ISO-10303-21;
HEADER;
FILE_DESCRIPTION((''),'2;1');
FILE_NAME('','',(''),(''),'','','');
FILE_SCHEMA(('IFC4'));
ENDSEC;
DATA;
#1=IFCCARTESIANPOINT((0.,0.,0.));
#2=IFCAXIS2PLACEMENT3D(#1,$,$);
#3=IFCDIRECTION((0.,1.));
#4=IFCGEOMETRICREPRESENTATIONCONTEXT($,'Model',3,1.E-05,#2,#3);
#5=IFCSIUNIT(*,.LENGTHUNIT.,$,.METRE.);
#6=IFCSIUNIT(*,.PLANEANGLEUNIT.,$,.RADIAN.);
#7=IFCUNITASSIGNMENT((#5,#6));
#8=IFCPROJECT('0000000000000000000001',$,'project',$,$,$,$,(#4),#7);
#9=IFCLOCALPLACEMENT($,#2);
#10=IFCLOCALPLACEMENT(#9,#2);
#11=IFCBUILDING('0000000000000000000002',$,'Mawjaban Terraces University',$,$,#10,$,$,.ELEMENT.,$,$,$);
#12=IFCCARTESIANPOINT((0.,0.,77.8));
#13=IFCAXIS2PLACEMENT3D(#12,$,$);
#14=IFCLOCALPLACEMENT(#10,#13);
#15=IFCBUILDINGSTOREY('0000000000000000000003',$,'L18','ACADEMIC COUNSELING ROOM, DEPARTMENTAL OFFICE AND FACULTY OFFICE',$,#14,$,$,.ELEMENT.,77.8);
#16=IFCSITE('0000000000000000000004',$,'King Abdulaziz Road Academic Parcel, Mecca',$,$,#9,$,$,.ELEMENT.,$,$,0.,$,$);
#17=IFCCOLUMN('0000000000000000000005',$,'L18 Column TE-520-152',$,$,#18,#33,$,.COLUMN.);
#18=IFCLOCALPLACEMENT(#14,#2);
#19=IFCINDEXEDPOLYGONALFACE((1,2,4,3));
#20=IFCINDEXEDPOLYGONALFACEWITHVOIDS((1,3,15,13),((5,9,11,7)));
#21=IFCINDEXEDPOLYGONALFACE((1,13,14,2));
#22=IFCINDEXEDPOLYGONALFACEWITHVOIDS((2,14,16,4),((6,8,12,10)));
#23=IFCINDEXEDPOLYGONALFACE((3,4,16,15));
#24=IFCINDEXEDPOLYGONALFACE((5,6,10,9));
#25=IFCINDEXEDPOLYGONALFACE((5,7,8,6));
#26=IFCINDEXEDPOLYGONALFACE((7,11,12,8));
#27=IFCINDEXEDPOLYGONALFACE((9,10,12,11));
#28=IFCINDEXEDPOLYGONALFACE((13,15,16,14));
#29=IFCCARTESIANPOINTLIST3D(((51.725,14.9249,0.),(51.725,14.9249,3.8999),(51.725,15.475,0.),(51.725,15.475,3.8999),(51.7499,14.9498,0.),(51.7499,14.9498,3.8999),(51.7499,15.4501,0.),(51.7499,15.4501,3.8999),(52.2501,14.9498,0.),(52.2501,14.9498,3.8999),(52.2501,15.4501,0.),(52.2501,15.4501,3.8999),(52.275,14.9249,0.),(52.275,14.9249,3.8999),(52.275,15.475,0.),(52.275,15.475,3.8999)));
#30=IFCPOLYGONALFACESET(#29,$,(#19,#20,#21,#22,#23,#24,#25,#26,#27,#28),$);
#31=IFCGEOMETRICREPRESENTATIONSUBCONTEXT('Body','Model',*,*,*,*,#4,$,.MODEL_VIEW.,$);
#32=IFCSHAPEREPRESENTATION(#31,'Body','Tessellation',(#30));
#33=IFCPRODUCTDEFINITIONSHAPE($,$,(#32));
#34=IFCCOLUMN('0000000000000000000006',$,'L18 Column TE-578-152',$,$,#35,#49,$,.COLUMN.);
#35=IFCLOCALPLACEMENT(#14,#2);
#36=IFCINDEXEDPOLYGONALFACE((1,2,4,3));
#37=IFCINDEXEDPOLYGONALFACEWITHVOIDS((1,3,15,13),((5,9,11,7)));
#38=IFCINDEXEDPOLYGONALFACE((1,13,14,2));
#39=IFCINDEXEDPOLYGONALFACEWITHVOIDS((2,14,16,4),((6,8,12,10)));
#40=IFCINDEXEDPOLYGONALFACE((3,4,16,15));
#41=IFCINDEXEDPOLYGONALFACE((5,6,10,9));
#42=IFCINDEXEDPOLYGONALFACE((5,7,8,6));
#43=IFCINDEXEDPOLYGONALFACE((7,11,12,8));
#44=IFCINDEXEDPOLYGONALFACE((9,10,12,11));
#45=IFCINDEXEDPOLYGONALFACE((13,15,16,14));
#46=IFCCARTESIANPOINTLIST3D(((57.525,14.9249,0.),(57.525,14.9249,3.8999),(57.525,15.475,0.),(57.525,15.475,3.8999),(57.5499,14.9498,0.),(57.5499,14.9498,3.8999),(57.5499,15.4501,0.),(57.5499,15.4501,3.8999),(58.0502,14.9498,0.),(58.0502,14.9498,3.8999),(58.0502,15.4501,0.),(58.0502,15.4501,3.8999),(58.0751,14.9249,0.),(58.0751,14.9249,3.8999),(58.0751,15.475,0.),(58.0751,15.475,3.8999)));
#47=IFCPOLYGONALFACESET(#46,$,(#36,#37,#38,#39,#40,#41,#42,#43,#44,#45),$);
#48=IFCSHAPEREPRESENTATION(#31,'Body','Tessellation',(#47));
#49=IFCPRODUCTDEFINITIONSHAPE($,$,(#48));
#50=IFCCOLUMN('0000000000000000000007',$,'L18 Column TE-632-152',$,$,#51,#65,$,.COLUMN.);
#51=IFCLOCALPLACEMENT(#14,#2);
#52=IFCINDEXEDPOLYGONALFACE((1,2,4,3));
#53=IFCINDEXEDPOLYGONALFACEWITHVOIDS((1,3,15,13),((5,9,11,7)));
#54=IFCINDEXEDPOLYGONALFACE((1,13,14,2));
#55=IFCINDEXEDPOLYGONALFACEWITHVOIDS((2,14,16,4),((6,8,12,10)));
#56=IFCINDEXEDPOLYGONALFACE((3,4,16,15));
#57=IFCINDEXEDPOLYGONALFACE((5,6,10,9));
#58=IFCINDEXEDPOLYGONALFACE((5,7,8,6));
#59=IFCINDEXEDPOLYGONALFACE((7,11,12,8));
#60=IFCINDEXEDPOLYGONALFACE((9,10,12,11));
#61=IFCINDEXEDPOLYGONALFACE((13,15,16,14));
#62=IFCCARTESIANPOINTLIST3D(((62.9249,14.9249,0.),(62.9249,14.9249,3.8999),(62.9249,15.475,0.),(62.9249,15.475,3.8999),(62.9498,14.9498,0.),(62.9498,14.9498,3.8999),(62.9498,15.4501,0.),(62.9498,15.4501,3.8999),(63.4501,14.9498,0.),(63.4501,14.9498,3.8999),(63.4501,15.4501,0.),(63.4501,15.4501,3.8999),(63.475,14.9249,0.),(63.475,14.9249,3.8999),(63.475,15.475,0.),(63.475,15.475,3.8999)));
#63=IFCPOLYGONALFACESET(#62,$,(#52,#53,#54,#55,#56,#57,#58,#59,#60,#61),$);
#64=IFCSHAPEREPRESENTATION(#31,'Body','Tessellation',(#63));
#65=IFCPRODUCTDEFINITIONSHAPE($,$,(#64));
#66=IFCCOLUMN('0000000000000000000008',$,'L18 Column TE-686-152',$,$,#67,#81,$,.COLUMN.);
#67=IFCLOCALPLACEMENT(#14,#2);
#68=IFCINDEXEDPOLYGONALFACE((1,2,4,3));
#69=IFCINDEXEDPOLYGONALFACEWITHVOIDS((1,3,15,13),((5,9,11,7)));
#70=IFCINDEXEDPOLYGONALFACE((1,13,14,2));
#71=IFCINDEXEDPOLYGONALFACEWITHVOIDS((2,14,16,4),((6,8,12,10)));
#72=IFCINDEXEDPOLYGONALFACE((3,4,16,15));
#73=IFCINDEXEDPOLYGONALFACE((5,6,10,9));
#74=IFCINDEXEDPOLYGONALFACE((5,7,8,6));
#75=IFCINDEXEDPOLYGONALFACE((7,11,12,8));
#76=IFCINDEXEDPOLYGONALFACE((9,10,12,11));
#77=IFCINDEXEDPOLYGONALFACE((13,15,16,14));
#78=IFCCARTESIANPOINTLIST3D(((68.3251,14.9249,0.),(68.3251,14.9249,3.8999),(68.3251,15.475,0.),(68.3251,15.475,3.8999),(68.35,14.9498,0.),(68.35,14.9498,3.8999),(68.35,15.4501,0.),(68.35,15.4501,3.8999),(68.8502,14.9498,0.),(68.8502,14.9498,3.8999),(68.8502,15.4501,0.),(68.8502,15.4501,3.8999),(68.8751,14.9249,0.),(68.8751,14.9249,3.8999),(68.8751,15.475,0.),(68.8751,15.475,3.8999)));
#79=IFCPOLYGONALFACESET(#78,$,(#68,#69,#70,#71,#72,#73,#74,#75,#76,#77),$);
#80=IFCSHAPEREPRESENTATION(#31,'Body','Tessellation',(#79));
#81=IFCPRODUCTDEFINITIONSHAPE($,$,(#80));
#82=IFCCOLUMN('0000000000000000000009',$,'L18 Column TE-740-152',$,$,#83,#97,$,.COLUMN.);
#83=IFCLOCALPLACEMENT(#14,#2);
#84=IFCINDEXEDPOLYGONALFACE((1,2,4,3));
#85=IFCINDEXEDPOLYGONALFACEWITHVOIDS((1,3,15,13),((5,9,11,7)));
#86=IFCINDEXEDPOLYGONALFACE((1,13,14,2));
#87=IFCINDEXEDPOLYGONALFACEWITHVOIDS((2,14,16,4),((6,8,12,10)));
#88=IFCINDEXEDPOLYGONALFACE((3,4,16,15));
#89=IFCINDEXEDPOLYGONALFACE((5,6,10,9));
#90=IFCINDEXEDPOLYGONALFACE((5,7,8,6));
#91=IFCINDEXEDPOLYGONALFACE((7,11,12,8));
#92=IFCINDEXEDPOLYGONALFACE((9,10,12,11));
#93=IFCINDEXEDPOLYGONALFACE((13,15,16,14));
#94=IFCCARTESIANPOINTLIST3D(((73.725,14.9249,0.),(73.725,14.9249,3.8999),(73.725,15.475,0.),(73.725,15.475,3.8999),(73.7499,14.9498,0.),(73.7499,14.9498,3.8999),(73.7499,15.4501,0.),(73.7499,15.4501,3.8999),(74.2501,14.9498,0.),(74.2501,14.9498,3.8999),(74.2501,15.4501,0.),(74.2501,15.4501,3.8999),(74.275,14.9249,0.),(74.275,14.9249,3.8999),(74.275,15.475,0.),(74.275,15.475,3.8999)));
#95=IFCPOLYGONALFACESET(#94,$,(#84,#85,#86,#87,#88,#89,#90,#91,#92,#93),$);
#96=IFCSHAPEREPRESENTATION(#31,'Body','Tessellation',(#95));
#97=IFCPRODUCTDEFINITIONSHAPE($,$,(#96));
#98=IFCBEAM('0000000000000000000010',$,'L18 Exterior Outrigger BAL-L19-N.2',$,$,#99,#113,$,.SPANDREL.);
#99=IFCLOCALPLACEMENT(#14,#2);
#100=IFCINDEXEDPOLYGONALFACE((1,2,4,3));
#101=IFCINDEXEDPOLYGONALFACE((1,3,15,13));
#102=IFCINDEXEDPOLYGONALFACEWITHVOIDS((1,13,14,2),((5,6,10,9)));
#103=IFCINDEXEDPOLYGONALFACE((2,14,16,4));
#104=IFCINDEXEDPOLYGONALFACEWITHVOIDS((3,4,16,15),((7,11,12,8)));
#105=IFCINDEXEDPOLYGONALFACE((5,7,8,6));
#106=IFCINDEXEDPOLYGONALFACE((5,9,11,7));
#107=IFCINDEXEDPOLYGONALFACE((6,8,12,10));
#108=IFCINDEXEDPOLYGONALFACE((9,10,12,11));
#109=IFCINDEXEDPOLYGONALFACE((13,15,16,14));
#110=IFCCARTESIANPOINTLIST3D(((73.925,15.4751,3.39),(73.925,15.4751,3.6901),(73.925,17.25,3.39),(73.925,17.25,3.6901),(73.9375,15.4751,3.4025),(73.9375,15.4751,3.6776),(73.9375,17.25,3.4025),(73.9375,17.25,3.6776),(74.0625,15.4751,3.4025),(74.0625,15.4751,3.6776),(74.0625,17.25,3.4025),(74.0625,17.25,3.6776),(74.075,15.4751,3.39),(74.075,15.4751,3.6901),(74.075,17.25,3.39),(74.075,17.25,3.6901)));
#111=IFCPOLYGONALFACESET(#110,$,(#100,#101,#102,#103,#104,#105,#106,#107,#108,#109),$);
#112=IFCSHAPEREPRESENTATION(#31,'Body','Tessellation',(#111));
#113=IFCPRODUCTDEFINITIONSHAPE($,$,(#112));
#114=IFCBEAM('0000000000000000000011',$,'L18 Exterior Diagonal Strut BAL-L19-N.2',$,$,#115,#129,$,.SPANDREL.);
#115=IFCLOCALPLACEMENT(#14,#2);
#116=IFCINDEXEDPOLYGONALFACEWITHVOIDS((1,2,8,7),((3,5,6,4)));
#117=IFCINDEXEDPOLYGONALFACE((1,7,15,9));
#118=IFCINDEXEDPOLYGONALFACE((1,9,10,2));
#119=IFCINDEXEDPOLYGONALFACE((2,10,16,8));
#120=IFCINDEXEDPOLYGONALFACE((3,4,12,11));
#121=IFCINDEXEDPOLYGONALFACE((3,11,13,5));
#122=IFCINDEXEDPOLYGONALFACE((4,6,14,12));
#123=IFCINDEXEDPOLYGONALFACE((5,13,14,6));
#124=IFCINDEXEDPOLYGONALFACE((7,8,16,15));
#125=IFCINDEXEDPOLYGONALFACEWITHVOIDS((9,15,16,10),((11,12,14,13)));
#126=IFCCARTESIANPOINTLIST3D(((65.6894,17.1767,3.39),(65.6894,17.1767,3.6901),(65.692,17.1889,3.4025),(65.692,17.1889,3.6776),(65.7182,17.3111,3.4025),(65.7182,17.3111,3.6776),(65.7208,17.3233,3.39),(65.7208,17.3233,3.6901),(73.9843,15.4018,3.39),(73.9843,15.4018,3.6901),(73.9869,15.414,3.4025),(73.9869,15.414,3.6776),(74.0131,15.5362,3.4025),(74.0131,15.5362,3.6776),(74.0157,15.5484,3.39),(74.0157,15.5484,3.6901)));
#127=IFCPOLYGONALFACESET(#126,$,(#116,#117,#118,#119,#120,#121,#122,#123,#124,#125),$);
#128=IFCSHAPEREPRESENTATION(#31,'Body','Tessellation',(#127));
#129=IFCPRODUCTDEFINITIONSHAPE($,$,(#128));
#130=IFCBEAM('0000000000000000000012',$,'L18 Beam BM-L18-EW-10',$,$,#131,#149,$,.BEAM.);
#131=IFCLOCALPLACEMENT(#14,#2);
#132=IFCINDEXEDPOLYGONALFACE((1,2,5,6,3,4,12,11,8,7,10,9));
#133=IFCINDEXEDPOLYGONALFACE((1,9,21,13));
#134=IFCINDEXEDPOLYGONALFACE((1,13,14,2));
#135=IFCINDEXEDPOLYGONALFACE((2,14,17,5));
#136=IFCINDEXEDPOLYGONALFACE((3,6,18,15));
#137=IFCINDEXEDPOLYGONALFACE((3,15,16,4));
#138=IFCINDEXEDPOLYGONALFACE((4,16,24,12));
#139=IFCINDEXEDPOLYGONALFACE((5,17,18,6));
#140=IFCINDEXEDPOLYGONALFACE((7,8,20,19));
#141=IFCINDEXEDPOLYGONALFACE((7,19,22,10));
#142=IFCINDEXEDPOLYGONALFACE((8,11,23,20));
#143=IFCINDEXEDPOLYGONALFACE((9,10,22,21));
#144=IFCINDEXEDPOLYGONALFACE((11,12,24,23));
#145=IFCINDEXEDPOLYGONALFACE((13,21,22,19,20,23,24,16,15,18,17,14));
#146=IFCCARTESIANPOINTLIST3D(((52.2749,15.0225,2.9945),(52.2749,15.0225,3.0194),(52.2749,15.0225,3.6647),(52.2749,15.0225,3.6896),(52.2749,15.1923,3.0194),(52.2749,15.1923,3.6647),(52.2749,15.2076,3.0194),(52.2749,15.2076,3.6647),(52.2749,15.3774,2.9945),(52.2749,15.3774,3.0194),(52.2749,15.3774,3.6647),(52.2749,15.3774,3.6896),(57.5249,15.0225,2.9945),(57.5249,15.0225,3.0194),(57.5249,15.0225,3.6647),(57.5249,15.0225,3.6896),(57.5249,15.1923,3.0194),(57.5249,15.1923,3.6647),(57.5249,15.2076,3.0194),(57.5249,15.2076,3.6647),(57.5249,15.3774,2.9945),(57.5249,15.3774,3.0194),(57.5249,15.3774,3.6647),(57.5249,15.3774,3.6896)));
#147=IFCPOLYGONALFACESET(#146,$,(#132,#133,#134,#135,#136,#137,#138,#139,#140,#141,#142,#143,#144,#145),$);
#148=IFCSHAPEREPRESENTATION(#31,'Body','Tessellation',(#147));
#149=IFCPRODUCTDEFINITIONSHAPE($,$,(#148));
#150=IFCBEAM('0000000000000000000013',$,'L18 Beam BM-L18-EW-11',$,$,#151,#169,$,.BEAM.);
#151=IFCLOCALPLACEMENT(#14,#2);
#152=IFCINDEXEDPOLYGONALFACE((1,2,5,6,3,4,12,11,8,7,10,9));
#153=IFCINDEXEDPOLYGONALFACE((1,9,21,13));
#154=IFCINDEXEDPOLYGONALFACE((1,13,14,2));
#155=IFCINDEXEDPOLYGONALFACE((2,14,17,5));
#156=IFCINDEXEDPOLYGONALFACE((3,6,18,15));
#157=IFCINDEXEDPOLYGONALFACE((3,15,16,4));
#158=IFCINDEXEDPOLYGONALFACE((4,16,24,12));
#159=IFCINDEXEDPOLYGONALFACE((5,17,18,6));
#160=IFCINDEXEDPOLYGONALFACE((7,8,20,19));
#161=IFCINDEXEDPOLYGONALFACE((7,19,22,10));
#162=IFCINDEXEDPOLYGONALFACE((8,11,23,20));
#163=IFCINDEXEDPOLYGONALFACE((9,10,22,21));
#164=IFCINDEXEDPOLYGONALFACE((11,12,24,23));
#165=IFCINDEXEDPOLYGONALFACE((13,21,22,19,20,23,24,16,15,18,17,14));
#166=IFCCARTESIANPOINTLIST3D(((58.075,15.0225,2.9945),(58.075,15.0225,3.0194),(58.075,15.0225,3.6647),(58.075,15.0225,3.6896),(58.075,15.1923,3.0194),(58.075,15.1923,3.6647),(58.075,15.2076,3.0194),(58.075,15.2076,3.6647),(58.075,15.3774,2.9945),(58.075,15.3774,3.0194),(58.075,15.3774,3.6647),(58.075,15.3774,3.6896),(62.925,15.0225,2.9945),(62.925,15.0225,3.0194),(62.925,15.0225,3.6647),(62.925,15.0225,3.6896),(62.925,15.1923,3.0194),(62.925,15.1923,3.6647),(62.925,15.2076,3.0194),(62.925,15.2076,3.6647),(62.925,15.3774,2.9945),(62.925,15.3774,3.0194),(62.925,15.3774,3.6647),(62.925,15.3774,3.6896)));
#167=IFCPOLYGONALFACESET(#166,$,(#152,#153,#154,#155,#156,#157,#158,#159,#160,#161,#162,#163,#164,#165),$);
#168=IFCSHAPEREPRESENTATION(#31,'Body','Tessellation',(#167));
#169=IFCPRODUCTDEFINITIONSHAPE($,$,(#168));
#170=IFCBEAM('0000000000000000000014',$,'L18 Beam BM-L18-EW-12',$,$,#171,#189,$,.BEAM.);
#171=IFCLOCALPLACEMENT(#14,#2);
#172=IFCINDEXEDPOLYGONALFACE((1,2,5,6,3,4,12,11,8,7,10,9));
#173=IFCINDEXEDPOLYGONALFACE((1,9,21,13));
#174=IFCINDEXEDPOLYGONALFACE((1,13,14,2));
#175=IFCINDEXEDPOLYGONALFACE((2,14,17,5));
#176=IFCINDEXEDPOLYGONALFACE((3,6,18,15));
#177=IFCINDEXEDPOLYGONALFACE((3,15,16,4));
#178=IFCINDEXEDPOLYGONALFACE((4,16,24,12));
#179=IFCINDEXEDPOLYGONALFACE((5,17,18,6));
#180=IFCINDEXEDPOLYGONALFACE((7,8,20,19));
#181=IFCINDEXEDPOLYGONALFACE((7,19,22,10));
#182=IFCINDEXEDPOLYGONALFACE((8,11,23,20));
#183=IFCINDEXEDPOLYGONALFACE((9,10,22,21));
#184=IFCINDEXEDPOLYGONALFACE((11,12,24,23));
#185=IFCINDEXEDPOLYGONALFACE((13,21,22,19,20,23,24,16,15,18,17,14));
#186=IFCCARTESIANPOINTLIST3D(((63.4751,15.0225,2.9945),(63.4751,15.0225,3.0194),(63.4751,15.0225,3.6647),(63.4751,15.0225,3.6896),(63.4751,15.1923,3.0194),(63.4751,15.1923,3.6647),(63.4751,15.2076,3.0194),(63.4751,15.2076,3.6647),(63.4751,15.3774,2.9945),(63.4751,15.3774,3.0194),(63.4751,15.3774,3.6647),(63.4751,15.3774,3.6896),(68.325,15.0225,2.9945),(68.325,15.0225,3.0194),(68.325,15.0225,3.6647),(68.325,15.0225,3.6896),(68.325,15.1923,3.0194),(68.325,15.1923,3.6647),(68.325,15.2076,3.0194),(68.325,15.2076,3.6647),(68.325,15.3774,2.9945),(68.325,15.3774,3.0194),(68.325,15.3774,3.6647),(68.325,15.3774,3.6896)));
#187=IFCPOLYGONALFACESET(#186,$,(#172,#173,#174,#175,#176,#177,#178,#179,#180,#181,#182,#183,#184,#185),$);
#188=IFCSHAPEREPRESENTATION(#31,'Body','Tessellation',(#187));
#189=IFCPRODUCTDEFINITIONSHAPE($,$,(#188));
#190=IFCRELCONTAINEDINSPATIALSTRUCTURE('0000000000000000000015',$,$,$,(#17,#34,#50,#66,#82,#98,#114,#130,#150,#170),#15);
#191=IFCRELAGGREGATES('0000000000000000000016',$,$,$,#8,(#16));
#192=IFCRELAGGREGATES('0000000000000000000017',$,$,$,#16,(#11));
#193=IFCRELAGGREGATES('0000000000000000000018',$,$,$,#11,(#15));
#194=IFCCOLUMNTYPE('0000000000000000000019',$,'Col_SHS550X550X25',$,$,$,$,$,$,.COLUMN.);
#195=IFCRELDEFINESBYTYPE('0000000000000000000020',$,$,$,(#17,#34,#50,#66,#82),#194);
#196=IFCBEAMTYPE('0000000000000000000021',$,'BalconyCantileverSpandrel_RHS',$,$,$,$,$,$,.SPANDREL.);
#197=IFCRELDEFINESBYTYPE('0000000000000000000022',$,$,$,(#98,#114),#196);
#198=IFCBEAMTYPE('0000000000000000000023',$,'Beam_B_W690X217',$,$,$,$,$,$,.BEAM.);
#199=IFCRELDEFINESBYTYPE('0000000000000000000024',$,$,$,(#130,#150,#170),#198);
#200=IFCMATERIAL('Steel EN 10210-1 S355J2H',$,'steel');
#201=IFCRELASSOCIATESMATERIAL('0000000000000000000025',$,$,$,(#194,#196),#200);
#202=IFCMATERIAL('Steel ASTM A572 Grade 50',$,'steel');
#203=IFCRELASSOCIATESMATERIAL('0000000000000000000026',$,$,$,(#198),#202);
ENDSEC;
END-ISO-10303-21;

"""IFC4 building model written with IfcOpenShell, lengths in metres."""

from ifc_helpers import new_model, si_unit, direction, frame, origin, origin_2d, place, context, subcontext, project, spatial, hollow_rectangle, i_section, extrude, material, material_profile, profile_set, type_object, element, save


model = new_model("IFC4")

# Units and contexts
model_context = context("Model", 3, precision=1e-05, world=origin(), true_north=direction((0.0, 1.0)))
body_context = subcontext(model_context, "Body", "Model", "MODEL_VIEW")
ifc_project = project(units=[si_unit("LENGTHUNIT", "METRE"), si_unit("PLANEANGLEUNIT", "RADIAN")], contexts=[model_context])

# Site, building, storey
site_placement = place(None, origin())
site = spatial("IfcSite", under=ifc_project, at=site_placement, Name="King Abdulaziz Road Academic Parcel, Mecca", CompositionType="ELEMENT", RefElevation=0.0)
building_placement = place(site_placement, origin())
building = spatial("IfcBuilding", under=site, at=building_placement, Name="Mawjaban Terraces University", CompositionType="ELEMENT")
storey_placement = place(building_placement, frame((0.0, 0.0, 77.8)))
storey = spatial("IfcBuildingStorey", under=building, at=storey_placement, Name="L18", Description="ACADEMIC COUNSELING ROOM, DEPARTMENTAL OFFICE AND FACULTY OFFICE", CompositionType="ELEMENT", Elevation=77.8)

# Columns
ifc_material_1 = material(Name="Steel EN 10210-1 S355J2H", Category="steel")
ifc_material_profile_1 = material_profile(ifc_material_1, hollow_rectangle(XDim=0.55, YDim=0.55, WallThickness=0.0249, at=origin_2d()), Name="SHS550X550X25")
ifc_profile_set_1 = profile_set([ifc_material_profile_1], Name="Steel EN 10210-1 S355J2H")
column_type = type_object("IfcColumnType", Name="Col_SHS550X550X25", PredefinedType="COLUMN", material=ifc_profile_set_1)
for number, where, z_axis, x_axis, name in (
    (1, (52.0, 15.2, 0.0), (0.0, 0.0, 1.0), (1.0, 0.0, 0.0), "L18 Column TE-520-152"),
    (2, (57.8, 15.2, 0.0), (0.0, 0.0, 1.0), (1.0, 0.0, 0.0), "L18 Column TE-578-152"),
    (3, (63.2, 15.2, 0.0), (0.0, 0.0, 1.0), (1.0, 0.0, 0.0), "L18 Column TE-632-152"),
    (4, (68.6001, 15.2, 0.0), (0.0, 0.0, 1.0), (1.0, 0.0, 0.0), "L18 Column TE-686-152"),
    (5, (74.0, 15.2, 0.0), (0.0, 0.0, 1.0), (1.0, 0.0, 0.0), "L18 Column TE-740-152"),
):
    element("IfcColumn", number, at=place(storey_placement, frame(where, z_axis=z_axis, x_axis=x_axis)), inside=storey, type_object=column_type, Name=name, PredefinedType="COLUMN", context=body_context, shape_type="SweptSolid", body=[
        extrude(hollow_rectangle(XDim=0.55, YDim=0.55, WallThickness=0.0249, at=origin_2d()), origin(), (0.0, 0.0, 1.0), 3.8999),
    ])

# Beams
ifc_material_profile_2 = material_profile(ifc_material_1, hollow_rectangle(XDim=0.1499, YDim=0.3, WallThickness=0.0125, at=origin_2d()), Name="RHS300X150X12.5")
ifc_profile_set_2 = profile_set([ifc_material_profile_2], Name="Steel EN 10210-1 S355J2H")
beam_type_1 = type_object("IfcBeamType", Name="BalconyCantileverSpandrel_RHS", PredefinedType="SPANDREL", material=ifc_profile_set_2)
beam_1_placement = place(storey_placement, frame((74.0, 15.4751, 3.54), z_axis=(0.0, 1.0, 0.0), x_axis=(-1.0, 0.0, 0.0)))
element("IfcBeam", 6, at=beam_1_placement, inside=storey, type_object=beam_type_1, Name="L18 Exterior Outrigger BAL-L19-N.2", PredefinedType="SPANDREL", context=body_context, shape_type="SweptSolid", body=[
    extrude(hollow_rectangle(XDim=0.1499, YDim=0.3, WallThickness=0.0125, at=origin_2d()), origin(), (0.0, 0.0, 1.0), 1.7749),
])
beam_2_placement = place(storey_placement, frame((74.0, 15.4751, 3.54), z_axis=(-0.977865, 0.209238, 0.0), x_axis=(-0.209238, -0.977865, 0.0)))
element("IfcBeam", 7, at=beam_2_placement, inside=storey, type_object=beam_type_1, Name="L18 Exterior Diagonal Strut BAL-L19-N.2", PredefinedType="SPANDREL", context=body_context, shape_type="SweptSolid", body=[
    extrude(hollow_rectangle(XDim=0.1499, YDim=0.3, WallThickness=0.0125, at=origin_2d()), origin(), (0.0, 0.0, 1.0), 8.4827),
])
ifc_material_2 = material(Name="Steel ASTM A572 Grade 50", Category="steel")
ifc_material_profile_3 = material_profile(ifc_material_2, i_section(OverallWidth=0.355, OverallDepth=0.6951, WebThickness=0.0154, FlangeThickness=0.0249, at=origin_2d()), Name="W690X217")
ifc_profile_set_3 = profile_set([ifc_material_profile_3], Name="Steel ASTM A572 Grade 50")
beam_type_2 = type_object("IfcBeamType", Name="Beam_B_W690X217", PredefinedType="BEAM", material=ifc_profile_set_3)
beam_3_placement = place(storey_placement, frame((52.2749, 15.2, 3.342), z_axis=(1.0, 0.0, 0.0), x_axis=(0.0, 1.0, 0.0)))
element("IfcBeam", 8, at=beam_3_placement, inside=storey, type_object=beam_type_2, Name="L18 Beam BM-L18-EW-10", PredefinedType="BEAM", context=body_context, shape_type="SweptSolid", body=[
    extrude(i_section(OverallWidth=0.355, OverallDepth=0.6951, WebThickness=0.0154, FlangeThickness=0.0249, at=origin_2d()), origin(), (0.0, 0.0, 1.0), 5.25),
])
beam_4_placement = place(storey_placement, frame((58.075, 15.2, 3.342), z_axis=(1.0, 0.0, 0.0), x_axis=(0.0, 1.0, 0.0)))
element("IfcBeam", 9, at=beam_4_placement, inside=storey, type_object=beam_type_2, Name="L18 Beam BM-L18-EW-11", PredefinedType="BEAM", context=body_context, shape_type="SweptSolid", body=[
    extrude(i_section(OverallWidth=0.355, OverallDepth=0.6951, WebThickness=0.0154, FlangeThickness=0.0249, at=origin_2d()), origin(), (0.0, 0.0, 1.0), 4.8501),
])
beam_5_placement = place(storey_placement, frame((63.4751, 15.2, 3.342), z_axis=(1.0, 0.0, 0.0), x_axis=(0.0, 1.0, 0.0)))
element("IfcBeam", 10, at=beam_5_placement, inside=storey, type_object=beam_type_2, Name="L18 Beam BM-L18-EW-12", PredefinedType="BEAM", context=body_context, shape_type="SweptSolid", body=[
    extrude(i_section(OverallWidth=0.355, OverallDepth=0.6951, WebThickness=0.0154, FlangeThickness=0.0249, at=origin_2d()), origin(), (0.0, 0.0, 1.0), 4.8499),
])

save(model, "model.ifc")
